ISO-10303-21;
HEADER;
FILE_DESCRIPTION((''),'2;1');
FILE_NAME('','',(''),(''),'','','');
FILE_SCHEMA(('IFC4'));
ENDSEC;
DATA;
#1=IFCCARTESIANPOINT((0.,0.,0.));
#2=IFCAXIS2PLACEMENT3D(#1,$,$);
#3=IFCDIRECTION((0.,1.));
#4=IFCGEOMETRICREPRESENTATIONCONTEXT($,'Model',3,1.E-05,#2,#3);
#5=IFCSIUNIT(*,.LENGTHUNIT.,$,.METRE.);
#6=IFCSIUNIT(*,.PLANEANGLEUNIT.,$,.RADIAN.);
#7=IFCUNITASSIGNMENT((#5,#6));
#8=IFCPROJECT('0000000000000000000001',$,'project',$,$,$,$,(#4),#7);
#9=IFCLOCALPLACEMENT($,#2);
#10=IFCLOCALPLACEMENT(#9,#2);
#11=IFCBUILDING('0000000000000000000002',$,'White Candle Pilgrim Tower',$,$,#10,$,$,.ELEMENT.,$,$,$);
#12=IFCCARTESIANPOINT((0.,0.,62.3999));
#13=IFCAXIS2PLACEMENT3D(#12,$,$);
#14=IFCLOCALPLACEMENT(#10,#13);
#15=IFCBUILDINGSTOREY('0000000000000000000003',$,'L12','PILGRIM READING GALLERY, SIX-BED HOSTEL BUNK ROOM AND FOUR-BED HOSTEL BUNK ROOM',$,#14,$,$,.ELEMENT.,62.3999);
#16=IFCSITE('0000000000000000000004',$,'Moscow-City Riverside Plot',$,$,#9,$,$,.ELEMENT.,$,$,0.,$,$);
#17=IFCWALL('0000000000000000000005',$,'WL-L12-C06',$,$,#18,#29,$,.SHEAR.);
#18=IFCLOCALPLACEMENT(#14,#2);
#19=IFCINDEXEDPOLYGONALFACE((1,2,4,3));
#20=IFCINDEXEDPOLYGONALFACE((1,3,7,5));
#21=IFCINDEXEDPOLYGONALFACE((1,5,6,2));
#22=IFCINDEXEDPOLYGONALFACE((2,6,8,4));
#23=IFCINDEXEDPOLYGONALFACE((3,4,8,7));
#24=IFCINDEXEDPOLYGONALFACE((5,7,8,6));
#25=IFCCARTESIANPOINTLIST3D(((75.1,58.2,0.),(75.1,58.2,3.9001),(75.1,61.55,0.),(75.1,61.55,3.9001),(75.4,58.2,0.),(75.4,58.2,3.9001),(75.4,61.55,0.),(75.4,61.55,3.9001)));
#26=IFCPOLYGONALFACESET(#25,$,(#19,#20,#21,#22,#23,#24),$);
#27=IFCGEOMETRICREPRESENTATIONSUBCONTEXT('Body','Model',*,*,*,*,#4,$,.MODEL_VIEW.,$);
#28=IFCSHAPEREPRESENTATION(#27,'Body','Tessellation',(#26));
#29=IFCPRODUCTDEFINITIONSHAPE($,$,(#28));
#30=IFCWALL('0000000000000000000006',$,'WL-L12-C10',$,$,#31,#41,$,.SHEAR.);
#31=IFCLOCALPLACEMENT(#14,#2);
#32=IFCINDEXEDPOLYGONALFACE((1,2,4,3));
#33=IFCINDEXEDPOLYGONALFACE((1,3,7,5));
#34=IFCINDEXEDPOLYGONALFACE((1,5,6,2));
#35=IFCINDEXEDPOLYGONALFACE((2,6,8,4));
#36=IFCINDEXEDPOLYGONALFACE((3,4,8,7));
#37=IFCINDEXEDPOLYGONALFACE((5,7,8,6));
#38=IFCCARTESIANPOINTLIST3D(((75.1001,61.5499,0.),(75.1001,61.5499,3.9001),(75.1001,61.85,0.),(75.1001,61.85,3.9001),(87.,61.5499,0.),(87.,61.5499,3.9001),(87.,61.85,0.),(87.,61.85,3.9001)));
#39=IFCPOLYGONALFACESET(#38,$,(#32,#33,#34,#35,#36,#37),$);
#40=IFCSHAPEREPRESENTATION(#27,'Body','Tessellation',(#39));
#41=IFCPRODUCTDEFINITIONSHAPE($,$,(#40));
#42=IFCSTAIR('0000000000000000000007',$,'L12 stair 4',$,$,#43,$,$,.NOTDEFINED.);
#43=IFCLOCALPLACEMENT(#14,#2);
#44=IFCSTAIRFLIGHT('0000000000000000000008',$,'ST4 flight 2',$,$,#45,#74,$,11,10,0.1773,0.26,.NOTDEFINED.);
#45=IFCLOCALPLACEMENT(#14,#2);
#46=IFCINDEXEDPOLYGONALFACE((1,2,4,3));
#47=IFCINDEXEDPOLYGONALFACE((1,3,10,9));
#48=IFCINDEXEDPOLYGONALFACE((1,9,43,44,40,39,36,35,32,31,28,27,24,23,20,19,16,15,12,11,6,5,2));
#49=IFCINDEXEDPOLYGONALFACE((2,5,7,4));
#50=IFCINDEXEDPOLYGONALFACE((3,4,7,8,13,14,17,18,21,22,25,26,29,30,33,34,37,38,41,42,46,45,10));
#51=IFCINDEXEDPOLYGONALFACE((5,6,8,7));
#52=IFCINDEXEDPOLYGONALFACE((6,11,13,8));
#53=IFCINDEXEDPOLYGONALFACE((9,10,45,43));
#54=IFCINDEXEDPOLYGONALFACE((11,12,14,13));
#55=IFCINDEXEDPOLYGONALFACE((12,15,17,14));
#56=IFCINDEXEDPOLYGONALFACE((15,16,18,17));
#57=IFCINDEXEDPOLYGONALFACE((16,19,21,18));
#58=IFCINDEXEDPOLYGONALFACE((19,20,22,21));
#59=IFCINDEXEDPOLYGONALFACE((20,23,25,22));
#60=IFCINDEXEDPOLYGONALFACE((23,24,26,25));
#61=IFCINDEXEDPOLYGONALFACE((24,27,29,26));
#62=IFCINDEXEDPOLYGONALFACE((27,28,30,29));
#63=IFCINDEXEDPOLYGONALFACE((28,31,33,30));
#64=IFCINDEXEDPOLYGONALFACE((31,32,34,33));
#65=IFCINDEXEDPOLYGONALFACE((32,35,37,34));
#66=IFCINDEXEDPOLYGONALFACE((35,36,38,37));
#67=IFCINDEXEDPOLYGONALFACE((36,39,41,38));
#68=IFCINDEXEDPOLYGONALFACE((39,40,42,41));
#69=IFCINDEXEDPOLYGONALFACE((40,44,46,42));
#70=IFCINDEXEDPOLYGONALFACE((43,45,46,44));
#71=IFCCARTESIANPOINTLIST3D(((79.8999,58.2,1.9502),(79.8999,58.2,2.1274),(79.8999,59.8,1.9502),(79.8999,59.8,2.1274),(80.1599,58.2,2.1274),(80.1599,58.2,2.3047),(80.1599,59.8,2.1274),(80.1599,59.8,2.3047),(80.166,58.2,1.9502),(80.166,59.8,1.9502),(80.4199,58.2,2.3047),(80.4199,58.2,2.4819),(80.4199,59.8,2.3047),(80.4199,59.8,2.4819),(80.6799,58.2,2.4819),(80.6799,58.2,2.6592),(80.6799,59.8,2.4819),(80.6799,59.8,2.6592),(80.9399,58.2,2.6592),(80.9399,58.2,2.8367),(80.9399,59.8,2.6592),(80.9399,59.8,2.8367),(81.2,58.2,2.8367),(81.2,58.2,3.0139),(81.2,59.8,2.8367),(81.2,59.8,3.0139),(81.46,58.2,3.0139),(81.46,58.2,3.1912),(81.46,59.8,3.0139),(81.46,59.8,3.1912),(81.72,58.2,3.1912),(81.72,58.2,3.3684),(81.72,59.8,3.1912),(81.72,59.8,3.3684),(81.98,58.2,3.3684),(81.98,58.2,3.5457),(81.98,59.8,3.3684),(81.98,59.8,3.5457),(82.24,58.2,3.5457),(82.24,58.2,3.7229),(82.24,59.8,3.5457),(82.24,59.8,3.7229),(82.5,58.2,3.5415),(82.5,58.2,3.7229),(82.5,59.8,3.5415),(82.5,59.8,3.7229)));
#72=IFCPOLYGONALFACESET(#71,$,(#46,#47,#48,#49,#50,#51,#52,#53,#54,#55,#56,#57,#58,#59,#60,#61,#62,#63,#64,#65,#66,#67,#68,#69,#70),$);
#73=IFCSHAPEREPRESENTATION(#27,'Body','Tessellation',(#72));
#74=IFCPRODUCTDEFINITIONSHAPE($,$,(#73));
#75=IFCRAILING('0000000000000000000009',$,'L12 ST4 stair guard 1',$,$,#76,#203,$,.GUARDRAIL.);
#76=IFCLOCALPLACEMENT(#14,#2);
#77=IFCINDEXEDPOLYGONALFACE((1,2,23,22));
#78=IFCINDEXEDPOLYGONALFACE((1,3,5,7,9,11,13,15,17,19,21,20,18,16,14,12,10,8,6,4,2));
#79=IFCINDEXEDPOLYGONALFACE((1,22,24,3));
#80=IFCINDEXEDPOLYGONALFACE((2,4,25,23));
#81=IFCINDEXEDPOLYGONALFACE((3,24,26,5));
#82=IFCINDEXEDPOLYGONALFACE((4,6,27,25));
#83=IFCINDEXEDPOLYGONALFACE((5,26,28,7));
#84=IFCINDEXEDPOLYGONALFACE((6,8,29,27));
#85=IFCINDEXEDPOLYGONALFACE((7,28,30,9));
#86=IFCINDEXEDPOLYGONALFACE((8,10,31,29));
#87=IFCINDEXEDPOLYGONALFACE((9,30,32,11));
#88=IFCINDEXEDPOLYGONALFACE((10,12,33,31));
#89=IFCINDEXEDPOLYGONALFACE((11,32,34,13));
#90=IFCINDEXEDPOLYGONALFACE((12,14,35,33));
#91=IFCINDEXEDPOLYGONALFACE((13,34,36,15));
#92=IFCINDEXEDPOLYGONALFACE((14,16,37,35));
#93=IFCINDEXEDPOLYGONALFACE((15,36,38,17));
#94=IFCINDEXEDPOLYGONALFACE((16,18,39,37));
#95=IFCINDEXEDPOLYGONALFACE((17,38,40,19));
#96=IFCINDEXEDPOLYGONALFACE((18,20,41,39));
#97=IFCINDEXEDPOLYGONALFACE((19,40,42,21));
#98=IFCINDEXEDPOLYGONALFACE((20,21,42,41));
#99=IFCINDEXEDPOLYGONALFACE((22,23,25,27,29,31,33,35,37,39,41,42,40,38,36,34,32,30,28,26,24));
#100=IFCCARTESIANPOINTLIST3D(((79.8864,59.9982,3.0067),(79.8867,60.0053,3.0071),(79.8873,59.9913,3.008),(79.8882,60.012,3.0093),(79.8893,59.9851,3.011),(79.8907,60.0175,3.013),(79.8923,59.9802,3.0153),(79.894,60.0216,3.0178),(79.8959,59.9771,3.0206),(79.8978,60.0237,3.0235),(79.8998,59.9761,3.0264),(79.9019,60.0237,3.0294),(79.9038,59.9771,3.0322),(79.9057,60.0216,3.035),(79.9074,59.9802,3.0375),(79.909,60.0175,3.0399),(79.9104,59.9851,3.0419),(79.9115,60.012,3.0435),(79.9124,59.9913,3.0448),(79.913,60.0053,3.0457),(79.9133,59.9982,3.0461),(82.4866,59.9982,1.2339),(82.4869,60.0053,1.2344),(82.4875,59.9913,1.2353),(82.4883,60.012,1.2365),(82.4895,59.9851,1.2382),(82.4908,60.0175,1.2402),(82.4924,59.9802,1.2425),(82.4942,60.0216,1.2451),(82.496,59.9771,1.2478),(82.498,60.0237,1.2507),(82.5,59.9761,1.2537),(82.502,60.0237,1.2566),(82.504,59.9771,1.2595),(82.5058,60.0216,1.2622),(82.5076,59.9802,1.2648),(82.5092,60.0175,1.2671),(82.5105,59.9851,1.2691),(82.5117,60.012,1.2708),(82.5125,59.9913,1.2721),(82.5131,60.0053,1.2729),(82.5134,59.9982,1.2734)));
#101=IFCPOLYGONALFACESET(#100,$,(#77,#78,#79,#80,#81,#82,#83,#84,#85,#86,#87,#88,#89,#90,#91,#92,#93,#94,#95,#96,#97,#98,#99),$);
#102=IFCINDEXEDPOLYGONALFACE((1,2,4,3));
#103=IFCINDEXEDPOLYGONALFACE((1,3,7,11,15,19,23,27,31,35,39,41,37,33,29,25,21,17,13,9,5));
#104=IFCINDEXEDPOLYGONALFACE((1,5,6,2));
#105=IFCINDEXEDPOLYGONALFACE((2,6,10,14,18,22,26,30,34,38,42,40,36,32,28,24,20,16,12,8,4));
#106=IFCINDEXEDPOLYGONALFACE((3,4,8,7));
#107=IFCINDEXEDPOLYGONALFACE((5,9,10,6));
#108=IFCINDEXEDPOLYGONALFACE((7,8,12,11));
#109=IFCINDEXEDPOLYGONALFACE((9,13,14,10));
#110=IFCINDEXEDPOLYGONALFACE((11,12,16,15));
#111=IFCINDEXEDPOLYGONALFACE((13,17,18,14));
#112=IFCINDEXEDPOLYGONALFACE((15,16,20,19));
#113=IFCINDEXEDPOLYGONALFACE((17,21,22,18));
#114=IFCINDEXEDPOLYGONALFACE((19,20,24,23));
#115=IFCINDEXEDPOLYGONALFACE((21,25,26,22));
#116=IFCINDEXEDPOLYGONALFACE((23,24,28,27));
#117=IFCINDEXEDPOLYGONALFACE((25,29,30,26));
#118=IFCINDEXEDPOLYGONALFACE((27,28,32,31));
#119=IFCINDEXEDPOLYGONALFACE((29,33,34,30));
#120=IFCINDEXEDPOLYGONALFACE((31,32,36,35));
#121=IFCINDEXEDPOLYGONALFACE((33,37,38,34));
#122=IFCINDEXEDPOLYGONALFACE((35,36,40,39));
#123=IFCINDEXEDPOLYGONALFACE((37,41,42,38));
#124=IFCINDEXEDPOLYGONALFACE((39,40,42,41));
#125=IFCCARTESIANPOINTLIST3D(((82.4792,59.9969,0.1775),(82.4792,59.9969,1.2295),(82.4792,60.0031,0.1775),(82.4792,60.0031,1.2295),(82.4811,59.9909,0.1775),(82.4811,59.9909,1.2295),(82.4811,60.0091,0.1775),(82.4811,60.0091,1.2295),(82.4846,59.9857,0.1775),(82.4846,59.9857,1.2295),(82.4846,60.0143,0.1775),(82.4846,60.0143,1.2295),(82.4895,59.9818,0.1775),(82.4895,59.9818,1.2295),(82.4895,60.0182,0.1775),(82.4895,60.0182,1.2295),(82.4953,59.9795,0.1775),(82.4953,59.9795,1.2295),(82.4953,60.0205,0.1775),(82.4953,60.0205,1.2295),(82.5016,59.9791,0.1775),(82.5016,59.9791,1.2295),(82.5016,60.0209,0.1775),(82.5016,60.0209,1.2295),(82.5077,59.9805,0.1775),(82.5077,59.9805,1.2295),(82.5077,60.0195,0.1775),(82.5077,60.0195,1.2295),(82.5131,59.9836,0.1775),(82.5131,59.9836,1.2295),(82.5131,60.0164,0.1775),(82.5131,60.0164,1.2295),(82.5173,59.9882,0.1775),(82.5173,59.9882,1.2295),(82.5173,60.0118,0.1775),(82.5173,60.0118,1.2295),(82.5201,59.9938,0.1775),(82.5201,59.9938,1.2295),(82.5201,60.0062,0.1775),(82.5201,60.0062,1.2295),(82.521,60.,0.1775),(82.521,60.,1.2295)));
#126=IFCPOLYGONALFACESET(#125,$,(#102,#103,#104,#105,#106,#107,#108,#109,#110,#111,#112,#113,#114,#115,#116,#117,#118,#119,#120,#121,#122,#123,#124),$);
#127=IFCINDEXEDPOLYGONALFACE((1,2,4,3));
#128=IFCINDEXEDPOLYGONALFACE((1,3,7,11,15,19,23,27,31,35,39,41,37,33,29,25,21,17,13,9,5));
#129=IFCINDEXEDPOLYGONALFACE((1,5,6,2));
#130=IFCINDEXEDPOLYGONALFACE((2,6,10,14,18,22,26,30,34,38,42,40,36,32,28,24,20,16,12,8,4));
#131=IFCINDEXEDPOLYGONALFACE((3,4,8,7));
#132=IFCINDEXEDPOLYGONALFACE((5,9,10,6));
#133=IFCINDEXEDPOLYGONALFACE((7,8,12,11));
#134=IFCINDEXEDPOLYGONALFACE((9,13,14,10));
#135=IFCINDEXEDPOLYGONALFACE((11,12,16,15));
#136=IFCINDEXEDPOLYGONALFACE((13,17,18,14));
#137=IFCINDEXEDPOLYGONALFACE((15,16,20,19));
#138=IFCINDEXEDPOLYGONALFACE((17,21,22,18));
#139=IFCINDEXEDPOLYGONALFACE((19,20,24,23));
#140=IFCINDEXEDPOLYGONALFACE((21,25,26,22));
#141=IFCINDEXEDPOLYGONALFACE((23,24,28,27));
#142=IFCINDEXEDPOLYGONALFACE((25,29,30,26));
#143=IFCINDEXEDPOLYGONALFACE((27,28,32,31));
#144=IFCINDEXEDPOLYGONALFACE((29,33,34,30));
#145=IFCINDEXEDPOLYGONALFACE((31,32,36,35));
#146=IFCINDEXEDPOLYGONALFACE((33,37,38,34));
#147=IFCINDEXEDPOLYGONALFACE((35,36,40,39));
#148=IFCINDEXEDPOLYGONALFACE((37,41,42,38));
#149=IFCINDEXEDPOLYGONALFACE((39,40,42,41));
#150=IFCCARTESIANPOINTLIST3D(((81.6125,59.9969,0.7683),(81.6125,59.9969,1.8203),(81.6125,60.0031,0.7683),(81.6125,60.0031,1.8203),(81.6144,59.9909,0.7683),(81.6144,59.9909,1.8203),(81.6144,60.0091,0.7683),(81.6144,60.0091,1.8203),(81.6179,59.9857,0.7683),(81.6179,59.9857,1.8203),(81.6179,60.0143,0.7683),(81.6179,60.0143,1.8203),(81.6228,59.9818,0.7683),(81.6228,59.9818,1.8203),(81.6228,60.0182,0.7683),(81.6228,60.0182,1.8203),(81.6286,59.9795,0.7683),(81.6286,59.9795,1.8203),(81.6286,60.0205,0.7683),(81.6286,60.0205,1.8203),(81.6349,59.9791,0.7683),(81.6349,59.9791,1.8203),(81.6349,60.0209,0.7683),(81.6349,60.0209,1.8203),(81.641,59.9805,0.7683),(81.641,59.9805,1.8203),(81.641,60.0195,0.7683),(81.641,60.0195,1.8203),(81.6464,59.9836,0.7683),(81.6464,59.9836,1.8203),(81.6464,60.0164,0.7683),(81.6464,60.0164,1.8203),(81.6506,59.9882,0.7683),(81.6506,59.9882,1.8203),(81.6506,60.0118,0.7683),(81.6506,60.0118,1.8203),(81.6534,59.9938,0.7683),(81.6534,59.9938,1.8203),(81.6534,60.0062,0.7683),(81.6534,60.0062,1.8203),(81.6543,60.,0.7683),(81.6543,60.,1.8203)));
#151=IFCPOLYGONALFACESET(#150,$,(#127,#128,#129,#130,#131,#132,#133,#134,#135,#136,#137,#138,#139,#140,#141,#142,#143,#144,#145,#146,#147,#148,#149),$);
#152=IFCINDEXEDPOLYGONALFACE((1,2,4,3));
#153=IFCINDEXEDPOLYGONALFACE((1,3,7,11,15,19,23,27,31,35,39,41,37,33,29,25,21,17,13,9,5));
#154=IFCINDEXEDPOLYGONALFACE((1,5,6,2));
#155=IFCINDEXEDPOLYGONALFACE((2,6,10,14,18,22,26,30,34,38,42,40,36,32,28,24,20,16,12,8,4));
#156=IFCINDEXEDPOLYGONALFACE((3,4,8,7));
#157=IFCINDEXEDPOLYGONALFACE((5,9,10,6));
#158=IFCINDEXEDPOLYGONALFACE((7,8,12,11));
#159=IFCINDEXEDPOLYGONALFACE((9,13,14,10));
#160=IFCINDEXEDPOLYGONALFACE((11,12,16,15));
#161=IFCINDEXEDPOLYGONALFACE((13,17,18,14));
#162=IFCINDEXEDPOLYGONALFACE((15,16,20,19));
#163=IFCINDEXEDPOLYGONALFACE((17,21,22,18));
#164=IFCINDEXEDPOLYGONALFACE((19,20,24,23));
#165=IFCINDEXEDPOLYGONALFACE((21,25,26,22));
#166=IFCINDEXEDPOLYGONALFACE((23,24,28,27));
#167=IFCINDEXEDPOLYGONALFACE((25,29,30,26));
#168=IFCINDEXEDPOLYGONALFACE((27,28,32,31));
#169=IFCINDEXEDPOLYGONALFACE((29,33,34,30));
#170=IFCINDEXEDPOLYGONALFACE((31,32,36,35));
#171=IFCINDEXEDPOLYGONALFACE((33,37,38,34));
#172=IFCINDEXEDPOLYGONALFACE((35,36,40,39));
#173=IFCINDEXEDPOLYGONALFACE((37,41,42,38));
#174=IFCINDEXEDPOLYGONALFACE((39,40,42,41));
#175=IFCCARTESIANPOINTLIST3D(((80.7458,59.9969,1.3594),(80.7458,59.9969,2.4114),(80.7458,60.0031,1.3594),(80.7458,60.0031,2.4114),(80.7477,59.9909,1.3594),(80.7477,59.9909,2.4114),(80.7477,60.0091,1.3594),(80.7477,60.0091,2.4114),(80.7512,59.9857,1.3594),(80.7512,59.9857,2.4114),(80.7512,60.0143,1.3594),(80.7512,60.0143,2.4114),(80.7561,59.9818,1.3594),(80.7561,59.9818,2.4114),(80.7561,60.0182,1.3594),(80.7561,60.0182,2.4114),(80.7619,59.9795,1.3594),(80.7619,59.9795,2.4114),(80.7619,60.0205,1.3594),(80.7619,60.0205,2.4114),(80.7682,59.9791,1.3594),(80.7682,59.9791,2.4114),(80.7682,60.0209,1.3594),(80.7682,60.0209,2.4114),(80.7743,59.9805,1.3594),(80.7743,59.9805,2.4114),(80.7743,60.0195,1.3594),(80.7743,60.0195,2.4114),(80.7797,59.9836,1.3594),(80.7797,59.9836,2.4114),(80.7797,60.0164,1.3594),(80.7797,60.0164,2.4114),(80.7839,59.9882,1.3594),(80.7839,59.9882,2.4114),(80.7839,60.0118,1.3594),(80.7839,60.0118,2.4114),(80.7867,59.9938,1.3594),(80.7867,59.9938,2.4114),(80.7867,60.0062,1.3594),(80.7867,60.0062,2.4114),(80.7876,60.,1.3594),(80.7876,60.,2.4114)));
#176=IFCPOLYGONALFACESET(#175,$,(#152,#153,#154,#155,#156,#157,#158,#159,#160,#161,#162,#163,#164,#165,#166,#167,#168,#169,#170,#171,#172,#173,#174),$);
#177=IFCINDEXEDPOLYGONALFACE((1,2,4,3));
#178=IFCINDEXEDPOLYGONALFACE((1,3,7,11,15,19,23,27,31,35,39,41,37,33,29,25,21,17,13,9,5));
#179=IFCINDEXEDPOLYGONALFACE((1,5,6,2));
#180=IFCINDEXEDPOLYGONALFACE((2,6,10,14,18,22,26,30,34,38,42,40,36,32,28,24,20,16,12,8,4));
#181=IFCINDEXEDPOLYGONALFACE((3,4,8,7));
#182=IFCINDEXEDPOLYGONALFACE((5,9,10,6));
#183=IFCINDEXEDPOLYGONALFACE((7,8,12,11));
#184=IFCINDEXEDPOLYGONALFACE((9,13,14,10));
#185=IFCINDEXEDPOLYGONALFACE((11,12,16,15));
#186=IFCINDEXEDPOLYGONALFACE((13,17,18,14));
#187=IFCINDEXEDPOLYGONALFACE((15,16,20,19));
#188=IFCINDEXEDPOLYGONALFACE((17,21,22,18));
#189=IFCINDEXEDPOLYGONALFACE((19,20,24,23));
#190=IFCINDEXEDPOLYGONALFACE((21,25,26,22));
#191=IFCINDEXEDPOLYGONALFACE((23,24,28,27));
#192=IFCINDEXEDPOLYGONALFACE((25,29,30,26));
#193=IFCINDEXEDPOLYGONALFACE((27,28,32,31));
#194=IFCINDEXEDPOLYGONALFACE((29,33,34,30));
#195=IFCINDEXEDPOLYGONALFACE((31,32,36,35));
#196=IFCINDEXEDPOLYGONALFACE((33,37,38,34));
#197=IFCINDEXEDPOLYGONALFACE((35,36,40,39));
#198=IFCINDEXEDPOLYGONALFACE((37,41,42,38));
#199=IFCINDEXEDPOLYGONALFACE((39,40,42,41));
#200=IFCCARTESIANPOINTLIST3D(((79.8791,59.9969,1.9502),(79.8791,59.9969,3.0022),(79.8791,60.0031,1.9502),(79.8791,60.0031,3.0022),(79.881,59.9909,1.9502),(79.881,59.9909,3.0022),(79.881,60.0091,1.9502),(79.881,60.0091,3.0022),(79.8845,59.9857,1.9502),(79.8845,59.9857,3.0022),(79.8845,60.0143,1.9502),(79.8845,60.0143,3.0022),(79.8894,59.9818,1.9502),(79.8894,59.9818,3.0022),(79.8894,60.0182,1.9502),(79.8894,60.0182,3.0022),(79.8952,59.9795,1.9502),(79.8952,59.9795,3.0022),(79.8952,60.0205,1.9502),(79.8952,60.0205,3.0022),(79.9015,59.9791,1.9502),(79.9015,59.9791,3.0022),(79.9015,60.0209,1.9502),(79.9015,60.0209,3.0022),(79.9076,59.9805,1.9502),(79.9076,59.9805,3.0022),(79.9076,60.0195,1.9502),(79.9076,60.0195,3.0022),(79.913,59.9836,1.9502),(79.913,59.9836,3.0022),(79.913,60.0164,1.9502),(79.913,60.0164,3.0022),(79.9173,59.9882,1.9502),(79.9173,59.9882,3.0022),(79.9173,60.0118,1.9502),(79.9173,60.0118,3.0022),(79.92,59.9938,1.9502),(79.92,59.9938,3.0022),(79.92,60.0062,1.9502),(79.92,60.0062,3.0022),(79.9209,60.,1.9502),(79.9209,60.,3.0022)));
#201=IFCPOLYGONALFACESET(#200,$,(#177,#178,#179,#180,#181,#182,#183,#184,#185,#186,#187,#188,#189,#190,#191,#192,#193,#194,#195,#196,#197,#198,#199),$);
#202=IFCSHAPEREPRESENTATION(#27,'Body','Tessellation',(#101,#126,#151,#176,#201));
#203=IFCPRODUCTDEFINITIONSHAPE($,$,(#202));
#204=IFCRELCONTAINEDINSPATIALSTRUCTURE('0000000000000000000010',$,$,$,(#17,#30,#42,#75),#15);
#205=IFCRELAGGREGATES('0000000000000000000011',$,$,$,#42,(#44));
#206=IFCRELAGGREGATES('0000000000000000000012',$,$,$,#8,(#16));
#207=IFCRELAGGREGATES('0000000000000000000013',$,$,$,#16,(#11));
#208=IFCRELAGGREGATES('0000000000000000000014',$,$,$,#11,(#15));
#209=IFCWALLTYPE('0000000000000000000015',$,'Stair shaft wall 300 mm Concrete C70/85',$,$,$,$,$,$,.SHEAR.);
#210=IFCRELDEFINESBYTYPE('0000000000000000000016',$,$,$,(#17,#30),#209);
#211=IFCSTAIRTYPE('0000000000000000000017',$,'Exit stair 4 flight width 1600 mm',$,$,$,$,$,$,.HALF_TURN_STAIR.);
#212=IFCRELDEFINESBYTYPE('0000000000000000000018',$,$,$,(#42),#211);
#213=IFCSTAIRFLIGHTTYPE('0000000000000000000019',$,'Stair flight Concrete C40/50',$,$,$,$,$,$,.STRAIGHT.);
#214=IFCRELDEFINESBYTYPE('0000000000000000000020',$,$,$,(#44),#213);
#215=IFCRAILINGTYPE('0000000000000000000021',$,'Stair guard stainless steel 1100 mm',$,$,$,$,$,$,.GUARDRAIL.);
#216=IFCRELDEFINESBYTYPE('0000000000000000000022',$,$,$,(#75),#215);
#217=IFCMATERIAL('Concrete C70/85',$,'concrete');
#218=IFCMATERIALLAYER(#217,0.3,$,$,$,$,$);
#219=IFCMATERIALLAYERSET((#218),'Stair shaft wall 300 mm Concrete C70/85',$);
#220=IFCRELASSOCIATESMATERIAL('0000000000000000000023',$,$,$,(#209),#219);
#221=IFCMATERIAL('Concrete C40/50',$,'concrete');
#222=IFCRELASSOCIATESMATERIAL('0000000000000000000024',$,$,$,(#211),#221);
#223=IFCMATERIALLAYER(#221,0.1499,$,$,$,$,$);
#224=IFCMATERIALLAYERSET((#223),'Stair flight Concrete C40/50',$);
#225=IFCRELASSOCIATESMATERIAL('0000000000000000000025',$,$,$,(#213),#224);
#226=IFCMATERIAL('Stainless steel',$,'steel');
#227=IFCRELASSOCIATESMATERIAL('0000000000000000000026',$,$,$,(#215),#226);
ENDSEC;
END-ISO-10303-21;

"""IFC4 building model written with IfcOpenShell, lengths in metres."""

from ifc_helpers import new_model, si_unit, direction, frame, frame_2d, origin, origin_2d, place, context, subcontext, project, spatial, polyline, rectangle, circle, outline, extrude, material, layer, layer_set, type_object, element, aggregate, save


model = new_model("IFC4")

# Units and contexts
model_context = context("Model", 3, precision=1e-05, world=origin(), true_north=direction((0.0, 1.0)))
body_context = subcontext(model_context, "Body", "Model", "MODEL_VIEW")
ifc_project = project(units=[si_unit("LENGTHUNIT", "METRE"), si_unit("PLANEANGLEUNIT", "RADIAN")], contexts=[model_context])

# Site, building, storey
site_placement = place(None, origin())
site = spatial("IfcSite", under=ifc_project, at=site_placement, Name="Moscow-City Riverside Plot", CompositionType="ELEMENT", RefElevation=0.0)
building_placement = place(site_placement, origin())
building = spatial("IfcBuilding", under=site, at=building_placement, Name="White Candle Pilgrim Tower", CompositionType="ELEMENT")
storey_placement = place(building_placement, frame((0.0, 0.0, 62.3999)))
storey = spatial("IfcBuildingStorey", under=building, at=storey_placement, Name="L12", Description="PILGRIM READING GALLERY, SIX-BED HOSTEL BUNK ROOM AND FOUR-BED HOSTEL BUNK ROOM", CompositionType="ELEMENT", Elevation=62.3999)

# Walls
ifc_material_1 = material(Name="Concrete C70/85", Category="concrete")
ifc_layer_1 = layer(ifc_material_1, 0.3)
ifc_layer_set_1 = layer_set([ifc_layer_1], Name="Stair shaft wall 300 mm Concrete C70/85")
wall_type_1 = type_object("IfcWallType", Name="Stair shaft wall 300 mm Concrete C70/85", PredefinedType="SHEAR", material=ifc_layer_set_1)
wall_1_placement = place(storey_placement, frame((75.25, 58.2, 0.0), z_axis=(0.0, 0.0, 1.0), x_axis=(0.0, 1.0, 0.0)))
element("IfcWall", 1, at=wall_1_placement, inside=storey, type_object=wall_type_1, Name="WL-L12-C06", PredefinedType="SHEAR", context=body_context, shape_type="SweptSolid", body=[
    extrude(rectangle(XDim=3.3501, YDim=0.3, at=frame_2d((1.675, 0.0))), origin(), (0.0, 0.0, 1.0), 3.9001),
])
wall_2_placement = place(storey_placement, frame((75.1001, 61.7, 0.0), z_axis=(0.0, 0.0, 1.0), x_axis=(1.0, 0.0, 0.0)))
element("IfcWall", 2, at=wall_2_placement, inside=storey, type_object=wall_type_1, Name="WL-L12-C10", PredefinedType="SHEAR", context=body_context, shape_type="SweptSolid", body=[
    extrude(rectangle(XDim=11.8999, YDim=0.3, at=frame_2d((5.95, 0.0))), origin(), (0.0, 0.0, 1.0), 3.9001),
])

# Stair, stair flight
ifc_material_2 = material(Name="Concrete C40/50", Category="concrete")
stair_type = type_object("IfcStairType", Name="Exit stair 4 flight width 1600 mm", PredefinedType="HALF_TURN_STAIR", material=ifc_material_2)
stair_placement = place(storey_placement, origin())
stair = element("IfcStair", 3, at=stair_placement, inside=storey, type_object=stair_type, Name="L12 stair 4", PredefinedType="NOTDEFINED")
ifc_layer_2 = layer(ifc_material_2, 0.1499)
ifc_layer_set_2 = layer_set([ifc_layer_2], Name="Stair flight Concrete C40/50")
stair_flight_type = type_object("IfcStairFlightType", Name="Stair flight Concrete C40/50", PredefinedType="STRAIGHT", material=ifc_layer_set_2)
stair_flight_placement = place(storey_placement, frame((79.8999, 59.0, 1.9502), z_axis=(0.0, 0.0, 1.0), x_axis=(1.0, 0.0, 0.0)))
stair_flight = element("IfcStairFlight", 4, at=stair_flight_placement, type_object=stair_flight_type, Name="ST4 flight 2", NumberOfRisers=11, NumberOfTreads=10, PredefinedType="NOTDEFINED", RiserHeight=0.1773, TreadLength=0.26, context=body_context, shape_type="SweptSolid", body=[
    extrude(outline(polyline([(0.0, 0.0), (0.0, 0.1772), (0.26, 0.1772), (0.26, 0.3545), (0.52, 0.3545), (0.52, 0.5317), (0.78, 0.5317), (0.78, 0.709), (1.04, 0.709), (1.04, 0.8865), (1.3, 0.8865), (1.3, 1.0637), (1.5601, 1.0637), (1.5601, 1.241), (1.8201, 1.241), (1.8201, 1.4182), (2.0801, 1.4182), (2.0801, 1.5955), (2.3401, 1.5955), (2.3401, 1.7727), (2.6001, 1.7727), (2.6001, 1.95), (2.6001, 1.5913), (0.2661, 0.0), (0.0, 0.0)])), frame((0.0, 0.8, 0.0), z_axis=(0.0, -1.0, 0.0), x_axis=(1.0, 0.0, 0.0)), (0.0, 0.0, 1.0), 1.6001),
])
aggregate(stair, [stair_flight])

# Railing
ifc_material_3 = material(Name="Stainless steel", Category="steel")
railing_type_1 = type_object("IfcRailingType", Name="Stair guard stainless steel 1100 mm", PredefinedType="GUARDRAIL", material=ifc_material_3)
railing_1_placement = place(storey_placement, frame((82.5, 60.0, 0.1775)))
element("IfcRailing", 5, at=railing_1_placement, inside=storey, type_object=railing_type_1, Name="L12 ST4 stair guard 1", PredefinedType="GUARDRAIL", context=body_context, shape_type="SweptSolid", body=[
    extrude(circle(Radius=0.0239, at=origin_2d()), frame((0.0, 0.0, 1.0762), z_axis=(-0.82624, 0.0, 0.563318), x_axis=(0.0, -1.0, 0.0)), (0.0, 0.0, 1.0), 3.147),
    extrude(circle(Radius=0.021, at=origin_2d()), origin(), (0.0, 0.0, 1.0), 1.052),
    extrude(circle(Radius=0.021, at=origin_2d()), frame((-0.8667, 0.0, 0.5908)), (0.0, 0.0, 1.0), 1.052),
    extrude(circle(Radius=0.021, at=origin_2d()), frame((-1.7334, 0.0, 1.1819)), (0.0, 0.0, 1.0), 1.052),
    extrude(circle(Radius=0.021, at=origin_2d()), frame((-2.6001, 0.0, 1.7727)), (0.0, 0.0, 1.0), 1.052),
])

save(model, "model.ifc")
